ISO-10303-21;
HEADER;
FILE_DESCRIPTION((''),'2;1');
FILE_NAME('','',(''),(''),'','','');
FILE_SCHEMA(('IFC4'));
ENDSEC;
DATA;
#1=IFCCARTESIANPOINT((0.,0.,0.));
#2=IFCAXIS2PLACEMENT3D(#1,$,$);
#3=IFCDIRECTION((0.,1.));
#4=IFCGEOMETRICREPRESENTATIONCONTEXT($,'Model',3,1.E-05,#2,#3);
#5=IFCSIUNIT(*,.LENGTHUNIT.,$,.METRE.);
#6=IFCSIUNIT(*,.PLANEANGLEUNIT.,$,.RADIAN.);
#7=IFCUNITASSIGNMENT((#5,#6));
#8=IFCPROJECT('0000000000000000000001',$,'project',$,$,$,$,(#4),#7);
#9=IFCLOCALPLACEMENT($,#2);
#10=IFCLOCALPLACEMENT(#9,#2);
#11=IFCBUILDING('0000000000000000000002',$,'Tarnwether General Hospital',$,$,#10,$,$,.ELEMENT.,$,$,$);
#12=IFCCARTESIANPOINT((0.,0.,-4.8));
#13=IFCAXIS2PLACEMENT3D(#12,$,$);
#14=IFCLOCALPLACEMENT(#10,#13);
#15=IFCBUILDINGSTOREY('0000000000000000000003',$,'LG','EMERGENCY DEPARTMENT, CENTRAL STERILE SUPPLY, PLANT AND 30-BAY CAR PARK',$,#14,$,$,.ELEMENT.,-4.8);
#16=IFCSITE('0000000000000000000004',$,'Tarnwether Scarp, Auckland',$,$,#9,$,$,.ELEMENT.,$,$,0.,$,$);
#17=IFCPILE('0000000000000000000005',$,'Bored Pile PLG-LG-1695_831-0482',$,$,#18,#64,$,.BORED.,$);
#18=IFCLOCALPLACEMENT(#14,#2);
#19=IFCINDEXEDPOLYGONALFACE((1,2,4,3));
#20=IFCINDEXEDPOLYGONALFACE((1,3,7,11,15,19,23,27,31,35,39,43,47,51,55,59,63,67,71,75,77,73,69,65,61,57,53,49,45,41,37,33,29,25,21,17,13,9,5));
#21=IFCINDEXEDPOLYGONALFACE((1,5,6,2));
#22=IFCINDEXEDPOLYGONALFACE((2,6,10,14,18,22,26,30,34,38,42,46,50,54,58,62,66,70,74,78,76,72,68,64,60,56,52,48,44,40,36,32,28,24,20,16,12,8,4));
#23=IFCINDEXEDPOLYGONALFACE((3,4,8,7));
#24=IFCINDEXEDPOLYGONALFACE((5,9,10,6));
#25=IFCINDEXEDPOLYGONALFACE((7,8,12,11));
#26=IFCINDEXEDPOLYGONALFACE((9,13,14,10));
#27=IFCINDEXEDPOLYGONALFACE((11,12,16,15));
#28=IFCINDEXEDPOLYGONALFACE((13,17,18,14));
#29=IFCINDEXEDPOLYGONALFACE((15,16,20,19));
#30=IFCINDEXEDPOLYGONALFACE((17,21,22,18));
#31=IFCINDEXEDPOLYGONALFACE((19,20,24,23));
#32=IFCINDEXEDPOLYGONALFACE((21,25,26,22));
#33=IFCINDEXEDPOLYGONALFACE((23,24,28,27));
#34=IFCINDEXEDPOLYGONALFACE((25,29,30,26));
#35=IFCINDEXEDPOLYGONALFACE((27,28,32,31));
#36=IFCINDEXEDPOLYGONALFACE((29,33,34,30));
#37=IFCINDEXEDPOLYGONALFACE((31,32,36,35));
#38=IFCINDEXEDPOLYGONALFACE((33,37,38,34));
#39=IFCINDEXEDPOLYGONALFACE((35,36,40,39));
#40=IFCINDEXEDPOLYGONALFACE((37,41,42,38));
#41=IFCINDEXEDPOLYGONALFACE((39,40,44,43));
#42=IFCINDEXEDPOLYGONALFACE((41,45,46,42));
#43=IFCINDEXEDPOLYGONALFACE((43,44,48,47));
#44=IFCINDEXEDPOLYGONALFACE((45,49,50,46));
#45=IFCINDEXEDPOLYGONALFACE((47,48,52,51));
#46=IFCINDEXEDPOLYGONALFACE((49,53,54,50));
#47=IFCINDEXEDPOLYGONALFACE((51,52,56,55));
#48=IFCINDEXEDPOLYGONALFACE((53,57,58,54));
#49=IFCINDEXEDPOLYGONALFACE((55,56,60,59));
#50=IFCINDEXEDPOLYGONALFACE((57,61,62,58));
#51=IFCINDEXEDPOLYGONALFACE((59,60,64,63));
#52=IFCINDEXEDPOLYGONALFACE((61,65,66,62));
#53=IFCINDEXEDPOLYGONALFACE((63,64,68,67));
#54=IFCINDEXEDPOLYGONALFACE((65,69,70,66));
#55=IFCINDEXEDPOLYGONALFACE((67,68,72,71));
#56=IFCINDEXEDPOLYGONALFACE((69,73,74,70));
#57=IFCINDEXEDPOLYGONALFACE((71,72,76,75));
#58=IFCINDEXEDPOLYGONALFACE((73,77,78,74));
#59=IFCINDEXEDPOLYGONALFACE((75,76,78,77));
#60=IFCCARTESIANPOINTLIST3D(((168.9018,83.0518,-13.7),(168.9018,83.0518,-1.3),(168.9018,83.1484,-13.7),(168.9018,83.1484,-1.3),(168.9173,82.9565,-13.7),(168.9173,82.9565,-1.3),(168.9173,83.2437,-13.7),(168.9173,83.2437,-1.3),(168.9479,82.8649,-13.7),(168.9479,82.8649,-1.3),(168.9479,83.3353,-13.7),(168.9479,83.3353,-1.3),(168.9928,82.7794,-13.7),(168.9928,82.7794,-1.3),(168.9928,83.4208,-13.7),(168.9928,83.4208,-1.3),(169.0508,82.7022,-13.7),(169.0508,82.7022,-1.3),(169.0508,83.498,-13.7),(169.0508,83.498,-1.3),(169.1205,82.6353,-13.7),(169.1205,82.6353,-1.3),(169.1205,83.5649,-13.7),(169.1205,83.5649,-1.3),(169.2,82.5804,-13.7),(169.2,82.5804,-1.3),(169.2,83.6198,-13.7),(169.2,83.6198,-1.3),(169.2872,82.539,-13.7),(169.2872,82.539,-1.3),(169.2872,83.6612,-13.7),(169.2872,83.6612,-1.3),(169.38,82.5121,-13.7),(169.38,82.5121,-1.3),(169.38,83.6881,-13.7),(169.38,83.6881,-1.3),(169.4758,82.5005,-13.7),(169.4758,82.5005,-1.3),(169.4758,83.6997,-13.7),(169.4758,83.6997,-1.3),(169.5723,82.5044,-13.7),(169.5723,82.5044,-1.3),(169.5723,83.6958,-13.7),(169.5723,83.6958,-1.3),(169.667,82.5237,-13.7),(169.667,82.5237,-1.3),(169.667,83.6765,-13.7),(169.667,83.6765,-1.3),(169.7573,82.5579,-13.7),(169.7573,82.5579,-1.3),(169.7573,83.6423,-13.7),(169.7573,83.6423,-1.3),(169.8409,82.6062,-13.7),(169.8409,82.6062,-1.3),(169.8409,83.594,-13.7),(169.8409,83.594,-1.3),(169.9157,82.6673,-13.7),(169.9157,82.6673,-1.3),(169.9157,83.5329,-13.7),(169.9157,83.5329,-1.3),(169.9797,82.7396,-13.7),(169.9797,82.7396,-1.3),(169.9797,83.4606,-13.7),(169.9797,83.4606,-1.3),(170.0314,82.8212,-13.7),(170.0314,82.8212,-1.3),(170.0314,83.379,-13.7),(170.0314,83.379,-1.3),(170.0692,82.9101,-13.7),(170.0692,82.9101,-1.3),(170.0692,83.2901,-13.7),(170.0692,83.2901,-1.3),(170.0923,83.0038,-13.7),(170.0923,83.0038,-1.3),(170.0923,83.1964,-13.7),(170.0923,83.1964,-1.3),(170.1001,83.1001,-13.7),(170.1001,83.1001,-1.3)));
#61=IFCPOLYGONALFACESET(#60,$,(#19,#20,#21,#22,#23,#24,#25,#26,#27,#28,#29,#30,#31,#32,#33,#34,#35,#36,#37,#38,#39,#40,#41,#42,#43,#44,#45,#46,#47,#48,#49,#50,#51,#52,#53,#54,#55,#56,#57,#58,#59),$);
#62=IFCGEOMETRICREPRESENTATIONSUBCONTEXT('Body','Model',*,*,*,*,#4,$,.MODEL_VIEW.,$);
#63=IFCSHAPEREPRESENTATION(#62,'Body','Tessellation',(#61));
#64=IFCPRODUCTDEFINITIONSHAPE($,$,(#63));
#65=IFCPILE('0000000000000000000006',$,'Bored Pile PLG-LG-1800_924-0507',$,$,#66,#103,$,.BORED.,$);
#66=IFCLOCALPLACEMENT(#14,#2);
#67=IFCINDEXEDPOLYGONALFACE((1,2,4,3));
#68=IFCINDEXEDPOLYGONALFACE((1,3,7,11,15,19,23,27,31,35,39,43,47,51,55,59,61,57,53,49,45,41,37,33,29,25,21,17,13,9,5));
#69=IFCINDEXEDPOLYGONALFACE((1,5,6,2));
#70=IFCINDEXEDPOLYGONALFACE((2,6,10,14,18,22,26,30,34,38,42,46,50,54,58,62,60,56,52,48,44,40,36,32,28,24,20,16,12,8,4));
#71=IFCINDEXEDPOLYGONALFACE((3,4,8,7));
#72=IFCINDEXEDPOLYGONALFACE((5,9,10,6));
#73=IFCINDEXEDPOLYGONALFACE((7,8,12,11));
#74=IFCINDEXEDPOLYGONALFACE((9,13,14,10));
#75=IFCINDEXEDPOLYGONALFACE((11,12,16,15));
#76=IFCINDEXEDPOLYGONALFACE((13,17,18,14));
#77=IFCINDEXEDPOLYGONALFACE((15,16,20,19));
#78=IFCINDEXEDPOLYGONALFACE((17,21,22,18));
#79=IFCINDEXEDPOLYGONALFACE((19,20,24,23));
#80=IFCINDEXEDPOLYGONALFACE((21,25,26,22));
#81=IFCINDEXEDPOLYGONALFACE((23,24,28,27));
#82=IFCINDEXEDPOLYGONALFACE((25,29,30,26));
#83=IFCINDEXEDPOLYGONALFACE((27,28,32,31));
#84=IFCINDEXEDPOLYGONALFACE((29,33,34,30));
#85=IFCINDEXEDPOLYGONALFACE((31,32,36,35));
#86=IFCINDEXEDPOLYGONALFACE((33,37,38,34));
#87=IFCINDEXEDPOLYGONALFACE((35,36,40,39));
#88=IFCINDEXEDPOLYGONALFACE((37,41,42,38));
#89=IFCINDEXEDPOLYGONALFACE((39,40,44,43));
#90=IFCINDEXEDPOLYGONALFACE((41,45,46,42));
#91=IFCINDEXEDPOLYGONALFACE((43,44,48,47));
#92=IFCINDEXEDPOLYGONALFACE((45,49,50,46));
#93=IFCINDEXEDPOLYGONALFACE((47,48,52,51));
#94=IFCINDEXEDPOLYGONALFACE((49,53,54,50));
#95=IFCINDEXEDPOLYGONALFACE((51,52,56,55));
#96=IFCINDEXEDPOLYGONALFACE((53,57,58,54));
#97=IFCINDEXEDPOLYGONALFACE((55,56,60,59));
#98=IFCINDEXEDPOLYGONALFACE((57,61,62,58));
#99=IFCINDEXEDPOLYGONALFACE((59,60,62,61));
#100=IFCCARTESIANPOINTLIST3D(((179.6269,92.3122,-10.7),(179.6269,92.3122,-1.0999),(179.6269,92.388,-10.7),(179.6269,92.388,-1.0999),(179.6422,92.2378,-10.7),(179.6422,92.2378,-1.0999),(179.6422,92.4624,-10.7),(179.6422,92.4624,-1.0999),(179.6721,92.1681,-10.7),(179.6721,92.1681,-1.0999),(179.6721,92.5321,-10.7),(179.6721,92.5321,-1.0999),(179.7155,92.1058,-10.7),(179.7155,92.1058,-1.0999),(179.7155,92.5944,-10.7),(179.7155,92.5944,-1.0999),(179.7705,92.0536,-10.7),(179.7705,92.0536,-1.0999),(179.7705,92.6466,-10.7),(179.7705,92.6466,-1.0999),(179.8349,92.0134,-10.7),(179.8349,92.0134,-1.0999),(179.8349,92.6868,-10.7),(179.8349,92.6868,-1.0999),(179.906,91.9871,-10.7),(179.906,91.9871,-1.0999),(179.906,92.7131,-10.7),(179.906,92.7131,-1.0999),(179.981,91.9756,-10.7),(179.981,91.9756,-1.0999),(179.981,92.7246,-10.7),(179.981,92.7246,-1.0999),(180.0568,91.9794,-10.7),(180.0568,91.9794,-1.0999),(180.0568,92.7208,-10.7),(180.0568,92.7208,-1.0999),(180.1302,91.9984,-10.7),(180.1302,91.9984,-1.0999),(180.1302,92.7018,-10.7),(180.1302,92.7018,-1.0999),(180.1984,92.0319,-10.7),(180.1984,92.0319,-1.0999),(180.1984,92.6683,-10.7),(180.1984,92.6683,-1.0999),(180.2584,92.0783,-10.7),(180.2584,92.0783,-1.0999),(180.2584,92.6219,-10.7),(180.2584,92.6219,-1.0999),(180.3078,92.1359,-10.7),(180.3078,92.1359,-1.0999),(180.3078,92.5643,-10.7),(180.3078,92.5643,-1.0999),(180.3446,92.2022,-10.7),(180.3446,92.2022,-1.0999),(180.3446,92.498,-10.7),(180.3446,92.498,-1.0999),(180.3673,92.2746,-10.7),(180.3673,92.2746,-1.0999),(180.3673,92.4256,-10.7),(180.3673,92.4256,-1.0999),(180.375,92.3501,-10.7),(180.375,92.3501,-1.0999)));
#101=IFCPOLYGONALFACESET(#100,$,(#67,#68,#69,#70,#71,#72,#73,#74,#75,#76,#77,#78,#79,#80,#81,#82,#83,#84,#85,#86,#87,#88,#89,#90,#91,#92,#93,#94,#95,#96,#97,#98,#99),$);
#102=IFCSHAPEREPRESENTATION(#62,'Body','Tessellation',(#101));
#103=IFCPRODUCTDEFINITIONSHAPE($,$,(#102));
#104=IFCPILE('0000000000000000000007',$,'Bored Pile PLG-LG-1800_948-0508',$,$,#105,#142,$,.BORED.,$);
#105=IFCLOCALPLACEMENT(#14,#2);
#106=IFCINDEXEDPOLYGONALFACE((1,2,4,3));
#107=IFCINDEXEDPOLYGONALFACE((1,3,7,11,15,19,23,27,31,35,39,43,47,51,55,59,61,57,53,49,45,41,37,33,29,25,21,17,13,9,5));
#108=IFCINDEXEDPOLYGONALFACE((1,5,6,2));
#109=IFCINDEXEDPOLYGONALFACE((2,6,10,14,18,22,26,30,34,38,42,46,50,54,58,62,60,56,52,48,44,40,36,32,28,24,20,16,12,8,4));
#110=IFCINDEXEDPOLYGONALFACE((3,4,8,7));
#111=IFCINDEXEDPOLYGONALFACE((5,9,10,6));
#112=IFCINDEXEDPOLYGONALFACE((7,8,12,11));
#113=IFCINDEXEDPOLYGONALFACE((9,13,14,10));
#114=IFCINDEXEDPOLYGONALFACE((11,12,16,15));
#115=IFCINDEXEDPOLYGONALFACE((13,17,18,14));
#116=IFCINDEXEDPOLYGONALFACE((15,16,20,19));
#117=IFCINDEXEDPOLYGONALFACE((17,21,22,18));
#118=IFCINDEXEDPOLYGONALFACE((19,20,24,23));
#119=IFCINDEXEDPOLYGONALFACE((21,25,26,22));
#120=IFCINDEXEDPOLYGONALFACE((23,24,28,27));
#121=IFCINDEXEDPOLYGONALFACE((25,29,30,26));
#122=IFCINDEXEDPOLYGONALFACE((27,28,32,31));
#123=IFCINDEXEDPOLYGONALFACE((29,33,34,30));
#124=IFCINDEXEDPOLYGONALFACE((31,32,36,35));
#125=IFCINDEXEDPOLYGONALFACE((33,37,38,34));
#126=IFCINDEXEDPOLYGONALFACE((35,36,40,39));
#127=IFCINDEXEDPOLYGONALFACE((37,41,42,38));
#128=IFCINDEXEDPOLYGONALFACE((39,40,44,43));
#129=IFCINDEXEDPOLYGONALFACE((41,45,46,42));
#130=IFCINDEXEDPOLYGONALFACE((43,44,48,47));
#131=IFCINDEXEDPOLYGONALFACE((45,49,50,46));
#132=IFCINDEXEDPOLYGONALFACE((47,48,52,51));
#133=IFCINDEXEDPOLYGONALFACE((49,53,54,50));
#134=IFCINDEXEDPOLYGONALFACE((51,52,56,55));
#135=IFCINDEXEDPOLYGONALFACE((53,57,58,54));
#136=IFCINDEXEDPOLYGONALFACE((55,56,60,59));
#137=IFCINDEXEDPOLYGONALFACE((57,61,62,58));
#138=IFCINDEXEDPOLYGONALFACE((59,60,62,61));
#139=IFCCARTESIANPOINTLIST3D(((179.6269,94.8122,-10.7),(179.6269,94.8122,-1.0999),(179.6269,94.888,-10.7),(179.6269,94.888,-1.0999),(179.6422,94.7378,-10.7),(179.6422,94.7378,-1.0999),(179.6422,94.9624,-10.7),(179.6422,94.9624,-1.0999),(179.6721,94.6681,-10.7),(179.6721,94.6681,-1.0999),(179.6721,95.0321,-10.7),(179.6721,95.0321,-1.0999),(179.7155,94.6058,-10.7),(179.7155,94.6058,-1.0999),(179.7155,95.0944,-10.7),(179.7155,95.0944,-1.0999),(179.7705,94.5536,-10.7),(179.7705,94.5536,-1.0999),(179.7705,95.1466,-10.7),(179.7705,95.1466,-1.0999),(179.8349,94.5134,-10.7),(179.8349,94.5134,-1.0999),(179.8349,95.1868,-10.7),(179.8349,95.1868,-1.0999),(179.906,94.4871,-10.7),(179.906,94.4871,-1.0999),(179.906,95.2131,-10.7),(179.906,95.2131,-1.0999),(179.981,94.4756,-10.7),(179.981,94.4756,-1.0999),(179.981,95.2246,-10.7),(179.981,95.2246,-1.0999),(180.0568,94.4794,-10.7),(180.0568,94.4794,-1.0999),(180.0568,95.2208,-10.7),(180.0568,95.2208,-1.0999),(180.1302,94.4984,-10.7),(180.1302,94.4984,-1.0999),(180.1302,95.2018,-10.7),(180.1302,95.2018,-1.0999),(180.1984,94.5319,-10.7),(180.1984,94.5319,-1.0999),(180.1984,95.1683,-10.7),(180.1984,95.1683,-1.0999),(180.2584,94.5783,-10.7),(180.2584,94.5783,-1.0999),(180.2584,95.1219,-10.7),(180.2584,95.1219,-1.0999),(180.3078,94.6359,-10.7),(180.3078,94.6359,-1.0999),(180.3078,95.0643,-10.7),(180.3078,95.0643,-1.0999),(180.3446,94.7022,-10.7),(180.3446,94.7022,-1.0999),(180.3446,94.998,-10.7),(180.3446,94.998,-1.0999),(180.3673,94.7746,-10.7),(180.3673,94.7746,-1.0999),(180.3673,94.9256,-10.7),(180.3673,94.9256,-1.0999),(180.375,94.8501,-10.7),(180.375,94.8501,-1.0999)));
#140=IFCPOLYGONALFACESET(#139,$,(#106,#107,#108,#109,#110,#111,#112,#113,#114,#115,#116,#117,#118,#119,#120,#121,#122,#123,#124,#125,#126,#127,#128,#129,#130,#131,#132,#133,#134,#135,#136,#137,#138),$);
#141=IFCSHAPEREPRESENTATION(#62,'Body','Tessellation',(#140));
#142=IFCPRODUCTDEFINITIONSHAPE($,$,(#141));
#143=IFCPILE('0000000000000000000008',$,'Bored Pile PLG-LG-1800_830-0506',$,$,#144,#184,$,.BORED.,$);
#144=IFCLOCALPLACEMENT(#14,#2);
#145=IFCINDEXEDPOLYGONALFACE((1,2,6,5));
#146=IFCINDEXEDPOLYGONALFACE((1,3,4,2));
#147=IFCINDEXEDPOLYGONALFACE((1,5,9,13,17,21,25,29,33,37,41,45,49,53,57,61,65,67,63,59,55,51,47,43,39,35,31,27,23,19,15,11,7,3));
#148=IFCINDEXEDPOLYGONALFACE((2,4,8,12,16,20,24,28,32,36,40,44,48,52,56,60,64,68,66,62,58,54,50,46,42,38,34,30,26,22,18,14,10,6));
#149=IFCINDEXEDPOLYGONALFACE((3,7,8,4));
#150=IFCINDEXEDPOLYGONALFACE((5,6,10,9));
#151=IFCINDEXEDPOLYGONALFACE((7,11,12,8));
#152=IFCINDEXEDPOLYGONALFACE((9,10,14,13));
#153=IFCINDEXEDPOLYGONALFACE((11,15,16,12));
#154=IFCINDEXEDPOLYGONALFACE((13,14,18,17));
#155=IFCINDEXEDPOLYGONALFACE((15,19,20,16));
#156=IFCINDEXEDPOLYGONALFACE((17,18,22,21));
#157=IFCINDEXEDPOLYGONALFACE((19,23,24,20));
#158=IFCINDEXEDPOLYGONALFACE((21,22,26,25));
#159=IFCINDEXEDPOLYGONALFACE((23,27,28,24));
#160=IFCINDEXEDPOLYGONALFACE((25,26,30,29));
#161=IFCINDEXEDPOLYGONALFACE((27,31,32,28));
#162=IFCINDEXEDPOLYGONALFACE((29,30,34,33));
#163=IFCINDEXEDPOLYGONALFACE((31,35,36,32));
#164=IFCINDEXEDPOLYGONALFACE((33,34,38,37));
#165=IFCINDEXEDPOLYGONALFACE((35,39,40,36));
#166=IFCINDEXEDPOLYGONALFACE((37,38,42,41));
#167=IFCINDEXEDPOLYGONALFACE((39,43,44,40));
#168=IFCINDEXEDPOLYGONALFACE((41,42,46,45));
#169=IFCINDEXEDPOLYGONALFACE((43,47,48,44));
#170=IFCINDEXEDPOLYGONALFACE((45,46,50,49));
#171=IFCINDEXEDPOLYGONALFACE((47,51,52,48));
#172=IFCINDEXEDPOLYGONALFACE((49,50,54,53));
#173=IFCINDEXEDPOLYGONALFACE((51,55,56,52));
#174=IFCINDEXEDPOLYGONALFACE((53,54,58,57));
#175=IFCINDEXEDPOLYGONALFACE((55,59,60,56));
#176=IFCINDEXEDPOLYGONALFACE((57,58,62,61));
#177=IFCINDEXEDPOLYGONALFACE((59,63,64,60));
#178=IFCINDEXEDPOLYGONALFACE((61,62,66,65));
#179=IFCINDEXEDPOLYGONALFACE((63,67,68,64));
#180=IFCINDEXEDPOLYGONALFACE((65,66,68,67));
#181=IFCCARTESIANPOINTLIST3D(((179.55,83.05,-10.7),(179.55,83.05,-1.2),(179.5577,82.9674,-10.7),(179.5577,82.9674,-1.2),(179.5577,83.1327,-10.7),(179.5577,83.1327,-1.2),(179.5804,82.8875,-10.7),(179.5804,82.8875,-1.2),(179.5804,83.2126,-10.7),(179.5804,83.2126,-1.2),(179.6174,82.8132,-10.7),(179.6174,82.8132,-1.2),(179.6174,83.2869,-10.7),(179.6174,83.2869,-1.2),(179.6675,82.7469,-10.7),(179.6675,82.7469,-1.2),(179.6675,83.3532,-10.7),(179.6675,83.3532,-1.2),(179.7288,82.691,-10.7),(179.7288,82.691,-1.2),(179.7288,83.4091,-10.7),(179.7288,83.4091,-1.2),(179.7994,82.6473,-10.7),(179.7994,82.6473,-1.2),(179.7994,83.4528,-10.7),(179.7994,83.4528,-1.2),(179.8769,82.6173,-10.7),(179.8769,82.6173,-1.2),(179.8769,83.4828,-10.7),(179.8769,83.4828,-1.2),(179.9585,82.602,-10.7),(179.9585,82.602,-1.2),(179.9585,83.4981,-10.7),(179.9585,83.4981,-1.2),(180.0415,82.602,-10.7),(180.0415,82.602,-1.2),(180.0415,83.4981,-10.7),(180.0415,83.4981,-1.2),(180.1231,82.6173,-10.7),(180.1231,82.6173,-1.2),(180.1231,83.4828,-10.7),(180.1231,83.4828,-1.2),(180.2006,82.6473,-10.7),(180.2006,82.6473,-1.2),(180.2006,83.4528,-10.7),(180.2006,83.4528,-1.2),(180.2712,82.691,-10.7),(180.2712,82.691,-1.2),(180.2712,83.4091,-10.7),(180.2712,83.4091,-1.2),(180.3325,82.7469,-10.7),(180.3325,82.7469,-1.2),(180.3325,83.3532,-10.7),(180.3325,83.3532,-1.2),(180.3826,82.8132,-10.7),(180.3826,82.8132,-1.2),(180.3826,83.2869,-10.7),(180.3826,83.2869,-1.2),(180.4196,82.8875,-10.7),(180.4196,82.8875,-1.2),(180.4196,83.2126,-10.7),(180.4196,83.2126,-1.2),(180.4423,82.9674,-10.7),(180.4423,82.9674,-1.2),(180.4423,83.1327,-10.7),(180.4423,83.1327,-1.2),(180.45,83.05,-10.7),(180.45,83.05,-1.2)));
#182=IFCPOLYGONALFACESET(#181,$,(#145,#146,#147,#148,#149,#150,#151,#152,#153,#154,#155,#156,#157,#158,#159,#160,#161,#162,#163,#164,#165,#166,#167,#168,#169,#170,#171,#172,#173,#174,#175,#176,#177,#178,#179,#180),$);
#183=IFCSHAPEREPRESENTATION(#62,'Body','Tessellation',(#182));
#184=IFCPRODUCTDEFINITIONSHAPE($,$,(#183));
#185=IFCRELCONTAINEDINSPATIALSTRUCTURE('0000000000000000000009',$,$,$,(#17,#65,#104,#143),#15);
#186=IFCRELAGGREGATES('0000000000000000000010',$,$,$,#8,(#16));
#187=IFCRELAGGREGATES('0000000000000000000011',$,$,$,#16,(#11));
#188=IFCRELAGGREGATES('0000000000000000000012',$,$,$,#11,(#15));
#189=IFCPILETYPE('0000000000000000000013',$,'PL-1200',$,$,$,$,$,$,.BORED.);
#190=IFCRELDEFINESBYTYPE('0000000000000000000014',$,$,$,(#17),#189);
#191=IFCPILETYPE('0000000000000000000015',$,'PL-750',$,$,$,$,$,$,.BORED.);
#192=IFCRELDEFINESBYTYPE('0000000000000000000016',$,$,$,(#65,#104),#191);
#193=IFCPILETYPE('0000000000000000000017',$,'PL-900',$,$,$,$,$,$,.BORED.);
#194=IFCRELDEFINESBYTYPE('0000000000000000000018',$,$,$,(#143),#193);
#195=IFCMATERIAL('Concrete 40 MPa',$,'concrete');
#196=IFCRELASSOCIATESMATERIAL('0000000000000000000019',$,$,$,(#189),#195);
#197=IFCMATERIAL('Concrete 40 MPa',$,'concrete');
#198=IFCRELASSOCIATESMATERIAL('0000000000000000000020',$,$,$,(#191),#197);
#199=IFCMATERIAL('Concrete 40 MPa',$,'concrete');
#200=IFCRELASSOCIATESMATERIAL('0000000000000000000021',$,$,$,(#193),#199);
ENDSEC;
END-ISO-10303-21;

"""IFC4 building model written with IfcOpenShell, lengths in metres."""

from ifc_helpers import new_model, si_unit, direction, frame, origin, origin_2d, place, context, subcontext, project, spatial, circle, extrude, material, material_profile, profile_set, type_object, element, save


model = new_model("IFC4")

# Units and contexts
model_context = context("Model", 3, precision=1e-05, world=origin(), true_north=direction((0.0, 1.0)))
body_context = subcontext(model_context, "Body", "Model", "MODEL_VIEW")
ifc_project = project(units=[si_unit("LENGTHUNIT", "METRE"), si_unit("PLANEANGLEUNIT", "RADIAN")], contexts=[model_context])

# Site, building, storey
site_placement = place(None, origin())
site = spatial("IfcSite", under=ifc_project, at=site_placement, Name="Tarnwether Scarp, Auckland", CompositionType="ELEMENT", RefElevation=0.0)
building_placement = place(site_placement, origin())
building = spatial("IfcBuilding", under=site, at=building_placement, Name="Tarnwether General Hospital", CompositionType="ELEMENT")
storey_placement = place(building_placement, frame((0.0, 0.0, -4.8)))
storey = spatial("IfcBuildingStorey", under=building, at=storey_placement, Name="LG", Description="EMERGENCY DEPARTMENT, CENTRAL STERILE SUPPLY, PLANT AND 30-BAY CAR PARK", CompositionType="ELEMENT", Elevation=-4.8)

# Piles
ifc_material_1 = material(Name="Concrete 40 MPa", Category="concrete")
ifc_material_profile_1 = material_profile(ifc_material_1, circle(Radius=0.6001, at=origin_2d()), Name="PILE-D1200")
ifc_profile_set_1 = profile_set([ifc_material_profile_1], Name="Concrete 40 MPa")
pile_type_1 = type_object("IfcPileType", Name="PL-1200", PredefinedType="BORED", material=ifc_profile_set_1)
pile_1_placement = place(storey_placement, frame((169.5, 83.1001, -1.3), z_axis=(0.0, 0.0, -1.0), x_axis=(1.0, 0.0, 0.0)))
element("IfcPile", 1, at=pile_1_placement, inside=storey, type_object=pile_type_1, Name="Bored Pile PLG-LG-1695_831-0482", PredefinedType="BORED", context=body_context, shape_type="SweptSolid", body=[
    extrude(circle(Radius=0.6001, at=origin_2d()), origin(), (0.0, 0.0, 1.0), 12.3999),
])
ifc_material_2 = material(Name="Concrete 40 MPa", Category="concrete")
ifc_material_profile_2 = material_profile(ifc_material_2, circle(Radius=0.375, at=origin_2d()), Name="PILE-D750")
ifc_profile_set_2 = profile_set([ifc_material_profile_2], Name="Concrete 40 MPa")
pile_type_2 = type_object("IfcPileType", Name="PL-750", PredefinedType="BORED", material=ifc_profile_set_2)
for number, where, z_axis, x_axis, name in (
    (2, (180.0, 92.3501, -1.0999), (0.0, 0.0, -1.0), (1.0, 0.0, 0.0), "Bored Pile PLG-LG-1800_924-0507"),
    (3, (180.0, 94.8501, -1.0999), (0.0, 0.0, -1.0), (1.0, 0.0, 0.0), "Bored Pile PLG-LG-1800_948-0508"),
):
    element("IfcPile", number, at=place(storey_placement, frame(where, z_axis=z_axis, x_axis=x_axis)), inside=storey, type_object=pile_type_2, Name=name, PredefinedType="BORED", context=body_context, shape_type="SweptSolid", body=[
        extrude(circle(Radius=0.375, at=origin_2d()), origin(), (0.0, 0.0, 1.0), 9.6001),
    ])
ifc_material_3 = material(Name="Concrete 40 MPa", Category="concrete")
ifc_material_profile_3 = material_profile(ifc_material_3, circle(Radius=0.45, at=origin_2d()), Name="PILE-D900")
ifc_profile_set_3 = profile_set([ifc_material_profile_3], Name="Concrete 40 MPa")
pile_type_3 = type_object("IfcPileType", Name="PL-900", PredefinedType="BORED", material=ifc_profile_set_3)
pile_2_placement = place(storey_placement, frame((180.0, 83.05, -1.2), z_axis=(0.0, 0.0, -1.0), x_axis=(1.0, 0.0, 0.0)))
element("IfcPile", 4, at=pile_2_placement, inside=storey, type_object=pile_type_3, Name="Bored Pile PLG-LG-1800_830-0506", PredefinedType="BORED", context=body_context, shape_type="SweptSolid", body=[
    extrude(circle(Radius=0.45, at=origin_2d()), origin(), (0.0, 0.0, 1.0), 9.5),
])

save(model, "model.ifc")
